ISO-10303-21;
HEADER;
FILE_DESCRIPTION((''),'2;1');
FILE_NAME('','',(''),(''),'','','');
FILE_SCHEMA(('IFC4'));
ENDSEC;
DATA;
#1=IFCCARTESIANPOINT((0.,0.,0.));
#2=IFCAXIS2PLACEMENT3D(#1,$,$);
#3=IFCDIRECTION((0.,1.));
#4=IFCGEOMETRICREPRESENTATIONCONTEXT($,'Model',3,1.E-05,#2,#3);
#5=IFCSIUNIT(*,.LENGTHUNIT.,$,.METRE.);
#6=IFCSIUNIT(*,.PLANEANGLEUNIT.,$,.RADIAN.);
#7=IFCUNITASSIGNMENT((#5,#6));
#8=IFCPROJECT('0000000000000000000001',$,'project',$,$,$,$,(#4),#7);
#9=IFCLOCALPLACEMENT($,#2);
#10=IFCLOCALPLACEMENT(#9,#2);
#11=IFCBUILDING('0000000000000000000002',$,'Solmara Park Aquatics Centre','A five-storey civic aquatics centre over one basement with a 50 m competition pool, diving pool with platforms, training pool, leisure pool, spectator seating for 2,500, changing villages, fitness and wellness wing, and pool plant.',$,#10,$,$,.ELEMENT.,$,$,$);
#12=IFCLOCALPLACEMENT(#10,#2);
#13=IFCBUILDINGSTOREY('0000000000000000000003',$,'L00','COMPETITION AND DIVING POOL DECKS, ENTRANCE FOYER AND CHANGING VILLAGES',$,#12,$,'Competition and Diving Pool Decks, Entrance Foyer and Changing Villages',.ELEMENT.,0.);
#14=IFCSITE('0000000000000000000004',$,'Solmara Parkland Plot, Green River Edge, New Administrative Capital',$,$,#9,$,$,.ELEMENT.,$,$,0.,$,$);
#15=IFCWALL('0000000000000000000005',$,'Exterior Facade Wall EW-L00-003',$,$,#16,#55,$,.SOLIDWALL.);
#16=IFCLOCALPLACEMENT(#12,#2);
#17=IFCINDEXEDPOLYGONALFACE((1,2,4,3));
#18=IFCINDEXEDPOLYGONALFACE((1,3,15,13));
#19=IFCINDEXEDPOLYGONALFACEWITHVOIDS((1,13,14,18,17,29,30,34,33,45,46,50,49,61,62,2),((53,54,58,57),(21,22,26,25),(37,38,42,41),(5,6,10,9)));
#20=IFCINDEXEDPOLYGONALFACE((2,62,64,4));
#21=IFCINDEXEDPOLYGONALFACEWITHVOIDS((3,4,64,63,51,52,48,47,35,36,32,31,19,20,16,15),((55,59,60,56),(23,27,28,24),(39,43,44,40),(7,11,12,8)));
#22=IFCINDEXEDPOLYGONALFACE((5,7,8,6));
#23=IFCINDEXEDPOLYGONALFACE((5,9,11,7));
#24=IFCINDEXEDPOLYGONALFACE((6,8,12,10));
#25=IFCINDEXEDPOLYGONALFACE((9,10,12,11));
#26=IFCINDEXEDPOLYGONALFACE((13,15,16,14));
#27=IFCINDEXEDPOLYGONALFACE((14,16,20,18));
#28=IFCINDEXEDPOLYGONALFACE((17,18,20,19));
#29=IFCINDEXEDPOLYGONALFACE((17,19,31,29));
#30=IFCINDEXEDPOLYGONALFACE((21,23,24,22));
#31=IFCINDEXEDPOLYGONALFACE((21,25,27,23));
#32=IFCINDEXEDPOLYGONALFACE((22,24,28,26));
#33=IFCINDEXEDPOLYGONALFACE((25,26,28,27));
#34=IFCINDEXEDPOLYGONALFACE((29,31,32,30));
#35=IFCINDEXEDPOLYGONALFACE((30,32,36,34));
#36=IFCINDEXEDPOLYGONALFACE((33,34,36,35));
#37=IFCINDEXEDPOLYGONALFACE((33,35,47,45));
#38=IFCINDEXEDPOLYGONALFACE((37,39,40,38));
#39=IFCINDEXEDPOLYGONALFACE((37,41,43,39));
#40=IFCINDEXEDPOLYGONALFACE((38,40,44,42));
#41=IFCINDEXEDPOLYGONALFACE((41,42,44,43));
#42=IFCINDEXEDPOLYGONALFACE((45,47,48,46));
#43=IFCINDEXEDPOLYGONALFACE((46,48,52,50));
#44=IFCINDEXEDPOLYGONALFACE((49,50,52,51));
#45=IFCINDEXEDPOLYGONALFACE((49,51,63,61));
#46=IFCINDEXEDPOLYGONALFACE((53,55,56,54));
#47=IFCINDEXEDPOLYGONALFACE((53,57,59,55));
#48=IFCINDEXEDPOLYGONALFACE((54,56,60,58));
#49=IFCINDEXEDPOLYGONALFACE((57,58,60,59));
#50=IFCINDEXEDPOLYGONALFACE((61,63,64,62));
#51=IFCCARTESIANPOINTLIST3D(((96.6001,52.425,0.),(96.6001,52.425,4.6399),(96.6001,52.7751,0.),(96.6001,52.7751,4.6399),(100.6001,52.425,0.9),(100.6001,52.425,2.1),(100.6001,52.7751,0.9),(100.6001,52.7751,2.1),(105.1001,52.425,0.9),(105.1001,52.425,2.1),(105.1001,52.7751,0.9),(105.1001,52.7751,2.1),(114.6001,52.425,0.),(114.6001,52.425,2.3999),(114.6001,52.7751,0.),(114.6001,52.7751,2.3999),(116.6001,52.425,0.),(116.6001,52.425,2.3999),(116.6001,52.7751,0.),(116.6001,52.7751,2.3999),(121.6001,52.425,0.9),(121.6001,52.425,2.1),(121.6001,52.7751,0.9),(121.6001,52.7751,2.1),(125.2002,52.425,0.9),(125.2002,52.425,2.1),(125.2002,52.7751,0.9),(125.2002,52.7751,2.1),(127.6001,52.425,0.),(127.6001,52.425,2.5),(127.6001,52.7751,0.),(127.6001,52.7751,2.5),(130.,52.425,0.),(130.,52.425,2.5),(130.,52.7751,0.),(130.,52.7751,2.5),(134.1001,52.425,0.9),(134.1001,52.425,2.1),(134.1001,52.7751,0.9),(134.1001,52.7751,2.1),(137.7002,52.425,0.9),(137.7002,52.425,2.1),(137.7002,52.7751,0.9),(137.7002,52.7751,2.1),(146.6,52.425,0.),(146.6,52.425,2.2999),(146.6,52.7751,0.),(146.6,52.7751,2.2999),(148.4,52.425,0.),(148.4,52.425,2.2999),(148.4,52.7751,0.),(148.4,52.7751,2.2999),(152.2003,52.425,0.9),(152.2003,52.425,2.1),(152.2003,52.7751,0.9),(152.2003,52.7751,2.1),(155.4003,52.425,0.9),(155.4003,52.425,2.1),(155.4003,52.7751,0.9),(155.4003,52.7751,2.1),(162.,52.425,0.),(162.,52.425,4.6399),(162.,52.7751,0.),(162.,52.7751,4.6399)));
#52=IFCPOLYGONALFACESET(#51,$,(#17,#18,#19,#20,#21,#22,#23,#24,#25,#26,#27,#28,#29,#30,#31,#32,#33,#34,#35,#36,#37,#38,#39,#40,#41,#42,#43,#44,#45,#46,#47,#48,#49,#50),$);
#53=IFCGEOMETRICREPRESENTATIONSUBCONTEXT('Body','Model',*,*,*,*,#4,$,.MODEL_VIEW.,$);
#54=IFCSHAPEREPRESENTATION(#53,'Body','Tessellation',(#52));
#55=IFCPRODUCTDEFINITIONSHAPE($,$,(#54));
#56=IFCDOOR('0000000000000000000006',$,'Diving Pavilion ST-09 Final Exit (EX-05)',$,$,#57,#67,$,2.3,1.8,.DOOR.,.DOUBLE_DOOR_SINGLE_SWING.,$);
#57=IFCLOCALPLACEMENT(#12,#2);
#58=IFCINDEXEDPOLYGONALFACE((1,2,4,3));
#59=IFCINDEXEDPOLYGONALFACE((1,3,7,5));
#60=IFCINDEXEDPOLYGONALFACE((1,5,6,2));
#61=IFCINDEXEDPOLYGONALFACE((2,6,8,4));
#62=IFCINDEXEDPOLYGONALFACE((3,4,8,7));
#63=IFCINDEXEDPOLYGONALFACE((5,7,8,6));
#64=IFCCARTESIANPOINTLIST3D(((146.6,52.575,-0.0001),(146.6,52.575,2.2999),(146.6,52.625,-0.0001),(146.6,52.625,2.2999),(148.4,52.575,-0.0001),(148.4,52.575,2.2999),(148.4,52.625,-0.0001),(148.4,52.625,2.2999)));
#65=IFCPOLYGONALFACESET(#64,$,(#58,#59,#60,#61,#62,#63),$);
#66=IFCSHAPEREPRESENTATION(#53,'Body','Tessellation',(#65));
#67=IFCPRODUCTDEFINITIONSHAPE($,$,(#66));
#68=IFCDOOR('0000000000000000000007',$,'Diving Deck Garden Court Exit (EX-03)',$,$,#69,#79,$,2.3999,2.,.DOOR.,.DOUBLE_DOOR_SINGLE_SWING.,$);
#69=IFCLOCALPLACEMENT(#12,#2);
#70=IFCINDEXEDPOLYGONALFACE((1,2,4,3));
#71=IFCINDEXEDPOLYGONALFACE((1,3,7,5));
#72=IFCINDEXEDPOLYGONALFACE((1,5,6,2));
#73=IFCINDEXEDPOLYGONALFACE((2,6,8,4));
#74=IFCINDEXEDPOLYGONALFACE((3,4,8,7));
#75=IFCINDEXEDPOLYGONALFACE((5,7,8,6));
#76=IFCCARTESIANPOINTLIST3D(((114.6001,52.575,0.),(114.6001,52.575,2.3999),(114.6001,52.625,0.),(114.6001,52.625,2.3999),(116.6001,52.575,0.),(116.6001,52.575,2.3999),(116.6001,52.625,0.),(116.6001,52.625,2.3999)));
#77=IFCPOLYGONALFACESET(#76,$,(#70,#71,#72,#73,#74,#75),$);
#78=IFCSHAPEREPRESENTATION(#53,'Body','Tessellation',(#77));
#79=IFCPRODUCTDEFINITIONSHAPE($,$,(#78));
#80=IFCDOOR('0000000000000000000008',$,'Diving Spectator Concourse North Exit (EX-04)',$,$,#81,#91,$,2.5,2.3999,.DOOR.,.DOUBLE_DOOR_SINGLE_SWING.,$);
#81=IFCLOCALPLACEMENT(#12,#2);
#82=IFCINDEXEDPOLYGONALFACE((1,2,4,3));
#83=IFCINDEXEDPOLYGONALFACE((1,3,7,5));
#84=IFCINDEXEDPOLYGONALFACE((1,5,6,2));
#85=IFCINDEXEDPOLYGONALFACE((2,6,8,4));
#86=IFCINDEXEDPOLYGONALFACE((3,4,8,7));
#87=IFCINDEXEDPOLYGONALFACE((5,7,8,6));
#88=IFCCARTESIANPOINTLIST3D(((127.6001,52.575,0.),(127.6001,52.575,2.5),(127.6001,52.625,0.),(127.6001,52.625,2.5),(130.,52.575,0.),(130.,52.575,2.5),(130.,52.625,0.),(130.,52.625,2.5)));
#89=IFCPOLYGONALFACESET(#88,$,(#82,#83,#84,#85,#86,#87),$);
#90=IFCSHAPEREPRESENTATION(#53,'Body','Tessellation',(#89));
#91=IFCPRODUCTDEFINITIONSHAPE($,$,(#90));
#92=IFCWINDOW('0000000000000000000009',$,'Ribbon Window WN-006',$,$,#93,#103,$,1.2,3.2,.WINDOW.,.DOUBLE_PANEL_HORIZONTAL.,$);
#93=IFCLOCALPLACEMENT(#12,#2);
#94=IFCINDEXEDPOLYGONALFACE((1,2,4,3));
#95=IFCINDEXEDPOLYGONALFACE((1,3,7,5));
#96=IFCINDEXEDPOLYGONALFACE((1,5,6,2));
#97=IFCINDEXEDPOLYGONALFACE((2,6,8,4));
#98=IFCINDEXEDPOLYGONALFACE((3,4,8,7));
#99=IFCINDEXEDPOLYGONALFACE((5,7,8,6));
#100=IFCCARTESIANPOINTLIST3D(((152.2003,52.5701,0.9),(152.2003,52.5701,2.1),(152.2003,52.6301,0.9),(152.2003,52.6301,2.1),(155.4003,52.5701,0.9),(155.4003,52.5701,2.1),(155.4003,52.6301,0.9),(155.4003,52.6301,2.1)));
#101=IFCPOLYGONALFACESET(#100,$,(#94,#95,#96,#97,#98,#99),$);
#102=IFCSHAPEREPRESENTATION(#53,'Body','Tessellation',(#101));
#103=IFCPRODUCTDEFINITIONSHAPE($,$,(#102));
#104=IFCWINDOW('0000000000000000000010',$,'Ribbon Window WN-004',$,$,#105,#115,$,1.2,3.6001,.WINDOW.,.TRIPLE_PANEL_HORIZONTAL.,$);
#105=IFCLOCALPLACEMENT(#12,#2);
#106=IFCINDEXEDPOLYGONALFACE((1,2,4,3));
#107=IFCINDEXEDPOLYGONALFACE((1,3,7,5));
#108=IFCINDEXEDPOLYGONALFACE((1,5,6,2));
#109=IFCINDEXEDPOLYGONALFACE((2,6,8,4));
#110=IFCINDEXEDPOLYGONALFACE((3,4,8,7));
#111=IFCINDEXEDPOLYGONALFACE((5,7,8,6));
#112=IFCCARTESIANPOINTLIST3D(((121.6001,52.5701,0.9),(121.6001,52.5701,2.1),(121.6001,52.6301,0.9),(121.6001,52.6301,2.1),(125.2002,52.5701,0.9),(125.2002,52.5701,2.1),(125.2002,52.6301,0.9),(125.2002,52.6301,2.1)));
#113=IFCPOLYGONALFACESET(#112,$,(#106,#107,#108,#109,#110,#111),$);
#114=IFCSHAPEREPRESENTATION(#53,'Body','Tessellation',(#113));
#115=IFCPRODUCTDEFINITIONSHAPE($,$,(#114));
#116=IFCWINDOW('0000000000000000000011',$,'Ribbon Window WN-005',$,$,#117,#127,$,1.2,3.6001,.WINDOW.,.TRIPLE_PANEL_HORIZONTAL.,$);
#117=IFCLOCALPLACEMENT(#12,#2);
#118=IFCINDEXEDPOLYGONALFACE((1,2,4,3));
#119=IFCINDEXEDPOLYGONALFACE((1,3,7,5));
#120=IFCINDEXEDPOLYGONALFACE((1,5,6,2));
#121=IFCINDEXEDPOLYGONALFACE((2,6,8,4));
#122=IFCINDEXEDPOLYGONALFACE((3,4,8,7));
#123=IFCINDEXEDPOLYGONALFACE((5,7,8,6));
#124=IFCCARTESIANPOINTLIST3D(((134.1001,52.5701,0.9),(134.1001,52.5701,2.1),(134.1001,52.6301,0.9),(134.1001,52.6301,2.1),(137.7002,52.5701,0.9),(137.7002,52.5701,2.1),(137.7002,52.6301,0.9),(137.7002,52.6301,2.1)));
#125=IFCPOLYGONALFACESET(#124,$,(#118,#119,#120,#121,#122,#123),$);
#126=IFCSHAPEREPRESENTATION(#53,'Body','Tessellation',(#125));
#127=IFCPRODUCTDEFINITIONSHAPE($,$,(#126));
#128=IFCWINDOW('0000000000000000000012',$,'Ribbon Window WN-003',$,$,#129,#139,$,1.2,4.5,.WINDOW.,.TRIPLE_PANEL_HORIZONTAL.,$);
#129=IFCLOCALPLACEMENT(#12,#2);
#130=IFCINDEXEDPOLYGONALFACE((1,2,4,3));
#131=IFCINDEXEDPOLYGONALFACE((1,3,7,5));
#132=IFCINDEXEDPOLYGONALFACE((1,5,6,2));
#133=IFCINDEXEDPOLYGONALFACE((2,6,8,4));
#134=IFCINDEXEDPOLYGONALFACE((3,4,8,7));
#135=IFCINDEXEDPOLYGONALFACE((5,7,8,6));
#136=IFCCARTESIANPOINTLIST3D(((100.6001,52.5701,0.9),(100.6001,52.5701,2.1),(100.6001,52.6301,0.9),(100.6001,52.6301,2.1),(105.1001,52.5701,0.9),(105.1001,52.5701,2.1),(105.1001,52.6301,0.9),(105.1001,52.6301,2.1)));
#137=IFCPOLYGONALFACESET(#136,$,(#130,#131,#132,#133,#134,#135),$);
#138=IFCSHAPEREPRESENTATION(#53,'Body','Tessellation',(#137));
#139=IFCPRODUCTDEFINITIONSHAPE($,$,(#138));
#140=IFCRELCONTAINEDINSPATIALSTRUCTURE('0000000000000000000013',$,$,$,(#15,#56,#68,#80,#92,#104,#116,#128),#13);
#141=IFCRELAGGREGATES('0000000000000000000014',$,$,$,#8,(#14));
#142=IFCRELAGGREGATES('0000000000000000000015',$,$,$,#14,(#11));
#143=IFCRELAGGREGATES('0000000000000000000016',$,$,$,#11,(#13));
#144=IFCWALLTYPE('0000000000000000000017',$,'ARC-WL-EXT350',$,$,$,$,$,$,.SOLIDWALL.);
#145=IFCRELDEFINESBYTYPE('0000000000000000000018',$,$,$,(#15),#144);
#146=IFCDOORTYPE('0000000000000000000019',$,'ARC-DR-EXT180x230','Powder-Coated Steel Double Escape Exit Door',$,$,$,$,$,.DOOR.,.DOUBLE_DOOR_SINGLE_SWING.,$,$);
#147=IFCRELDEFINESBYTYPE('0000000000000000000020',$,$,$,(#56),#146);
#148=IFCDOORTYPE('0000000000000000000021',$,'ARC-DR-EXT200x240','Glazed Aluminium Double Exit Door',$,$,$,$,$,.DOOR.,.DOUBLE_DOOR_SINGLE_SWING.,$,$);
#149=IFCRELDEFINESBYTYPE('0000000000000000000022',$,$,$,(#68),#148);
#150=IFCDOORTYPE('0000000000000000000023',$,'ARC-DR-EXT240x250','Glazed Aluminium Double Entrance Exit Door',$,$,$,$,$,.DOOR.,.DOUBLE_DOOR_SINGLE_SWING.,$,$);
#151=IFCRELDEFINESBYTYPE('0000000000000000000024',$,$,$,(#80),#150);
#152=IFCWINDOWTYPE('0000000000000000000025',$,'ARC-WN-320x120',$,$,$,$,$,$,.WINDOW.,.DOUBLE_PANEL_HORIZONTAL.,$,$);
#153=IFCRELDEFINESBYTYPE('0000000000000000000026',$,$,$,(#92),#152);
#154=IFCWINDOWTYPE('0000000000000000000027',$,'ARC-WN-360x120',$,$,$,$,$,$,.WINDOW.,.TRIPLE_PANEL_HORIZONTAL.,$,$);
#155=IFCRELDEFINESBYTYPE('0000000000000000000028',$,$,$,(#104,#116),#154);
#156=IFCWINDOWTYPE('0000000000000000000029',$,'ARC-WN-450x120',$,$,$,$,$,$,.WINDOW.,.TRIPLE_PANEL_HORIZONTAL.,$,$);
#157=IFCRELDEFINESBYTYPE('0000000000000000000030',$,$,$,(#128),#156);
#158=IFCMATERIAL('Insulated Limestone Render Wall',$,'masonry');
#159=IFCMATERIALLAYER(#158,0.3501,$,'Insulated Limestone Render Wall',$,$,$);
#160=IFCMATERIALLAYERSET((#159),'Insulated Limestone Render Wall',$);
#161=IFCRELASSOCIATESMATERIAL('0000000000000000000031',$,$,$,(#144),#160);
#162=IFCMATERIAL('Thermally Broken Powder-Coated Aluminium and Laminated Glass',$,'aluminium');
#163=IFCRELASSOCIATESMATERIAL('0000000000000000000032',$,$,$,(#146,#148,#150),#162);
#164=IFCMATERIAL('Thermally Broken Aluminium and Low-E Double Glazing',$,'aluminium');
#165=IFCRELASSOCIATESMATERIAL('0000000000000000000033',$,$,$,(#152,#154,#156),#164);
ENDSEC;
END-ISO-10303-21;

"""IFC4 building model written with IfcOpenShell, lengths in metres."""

from ifc_helpers import new_model, si_unit, direction, frame, frame_2d, origin, place, context, subcontext, project, spatial, rectangle, extrude, material, layer, layer_set, type_object, element, fill, save


model = new_model("IFC4")

# Units and contexts
model_context = context("Model", 3, precision=1e-05, world=origin(), true_north=direction((0.0, 1.0)))
body_context = subcontext(model_context, "Body", "Model", "MODEL_VIEW")
ifc_project = project(units=[si_unit("LENGTHUNIT", "METRE"), si_unit("PLANEANGLEUNIT", "RADIAN")], contexts=[model_context])

# Site, building, storey
site_placement = place(None, origin())
site = spatial("IfcSite", under=ifc_project, at=site_placement, Name="Solmara Parkland Plot, Green River Edge, New Administrative Capital", CompositionType="ELEMENT", RefElevation=0.0)
building_placement = place(site_placement, origin())
building = spatial("IfcBuilding", under=site, at=building_placement, Name="Solmara Park Aquatics Centre", Description="A five-storey civic aquatics centre over one basement with a 50 m competition pool, diving pool with platforms, training pool, leisure pool, spectator seating for 2,500, changing villages, fitness and wellness wing, and pool plant.", CompositionType="ELEMENT")
storey_placement = place(building_placement, origin())
storey = spatial("IfcBuildingStorey", under=building, at=storey_placement, Name="L00", Description="COMPETITION AND DIVING POOL DECKS, ENTRANCE FOYER AND CHANGING VILLAGES", LongName="Competition and Diving Pool Decks, Entrance Foyer and Changing Villages", CompositionType="ELEMENT", Elevation=0.0)

# Wall, openings, doors, windows
ifc_material_1 = material(Name="Insulated Limestone Render Wall", Category="masonry")
ifc_layer_1 = layer(ifc_material_1, 0.3501, Name="Insulated Limestone Render Wall")
ifc_layer_set_1 = layer_set([ifc_layer_1], Name="Insulated Limestone Render Wall")
wall_type_1 = type_object("IfcWallType", Name="ARC-WL-EXT350", PredefinedType="SOLIDWALL", material=ifc_layer_set_1)
wall_1_placement = place(storey_placement, frame((96.6001, 52.6001, 0.0), z_axis=(0.0, 0.0, 1.0), x_axis=(1.0, 0.0, 0.0)))
wall_1 = element("IfcWall", 1, at=wall_1_placement, inside=storey, type_object=wall_type_1, Name="Exterior Facade Wall EW-L00-003", PredefinedType="SOLIDWALL", context=body_context, shape_type="SweptSolid", body=[
    extrude(rectangle(XDim=65.3999, YDim=0.3501, at=frame_2d((32.7, 0.0))), origin(), (0.0, 0.0, 1.0), 4.6399),
])
opening_1_placement = place(wall_1_placement, frame((18.0, 0.0, 0.0)))
opening_1 = element("IfcOpeningElement", 2, at=opening_1_placement, cuts=wall_1, PredefinedType="OPENING", context=body_context, shape_type="SweptSolid", body=[
    extrude(rectangle(XDim=2.0, YDim=2.3999, at=frame_2d((1.0, 1.2))), frame((0.0, 0.1851, 0.0), z_axis=(0.0, -1.0, 0.0), x_axis=(1.0, 0.0, 0.0)), (0.0, 0.0, 1.0), 0.3701),
])
opening_2_placement = place(wall_1_placement, frame((31.0, 0.0, 0.0)))
opening_2 = element("IfcOpeningElement", 3, at=opening_2_placement, cuts=wall_1, PredefinedType="OPENING", context=body_context, shape_type="SweptSolid", body=[
    extrude(rectangle(XDim=2.3999, YDim=2.5, at=frame_2d((1.2, 1.25))), frame((0.0, 0.1851, 0.0), z_axis=(0.0, -1.0, 0.0), x_axis=(1.0, 0.0, 0.0)), (0.0, 0.0, 1.0), 0.3701),
])
opening_3_placement = place(wall_1_placement, frame((50.0, 0.0, 0.0)))
opening_3 = element("IfcOpeningElement", 4, at=opening_3_placement, cuts=wall_1, PredefinedType="OPENING", context=body_context, shape_type="SweptSolid", body=[
    extrude(rectangle(XDim=1.8, YDim=2.3, at=frame_2d((0.8999, 1.1499))), frame((0.0, 0.1851, 0.0), z_axis=(0.0, -1.0, 0.0), x_axis=(1.0, 0.0, 0.0)), (0.0, 0.0, 1.0), 0.3701),
])
opening_4_placement = place(wall_1_placement, frame((4.0, 0.0, 0.8999)))
opening_4 = element("IfcOpeningElement", 5, at=opening_4_placement, cuts=wall_1, PredefinedType="OPENING", context=body_context, shape_type="SweptSolid", body=[
    extrude(rectangle(XDim=4.5, YDim=1.2, at=frame_2d((2.25, 0.6001))), frame((0.0, 0.1851, 0.0), z_axis=(0.0, -1.0, 0.0), x_axis=(1.0, 0.0, 0.0)), (0.0, 0.0, 1.0), 0.3701),
])
opening_5_placement = place(wall_1_placement, frame((25.0, 0.0, 0.8999)))
opening_5 = element("IfcOpeningElement", 6, at=opening_5_placement, cuts=wall_1, PredefinedType="OPENING", context=body_context, shape_type="SweptSolid", body=[
    extrude(rectangle(XDim=3.6001, YDim=1.2, at=frame_2d((1.8, 0.6001))), frame((0.0, 0.1851, 0.0), z_axis=(0.0, -1.0, 0.0), x_axis=(1.0, 0.0, 0.0)), (0.0, 0.0, 1.0), 0.3701),
])
opening_6_placement = place(wall_1_placement, frame((37.5, 0.0, 0.8999)))
opening_6 = element("IfcOpeningElement", 7, at=opening_6_placement, cuts=wall_1, PredefinedType="OPENING", context=body_context, shape_type="SweptSolid", body=[
    extrude(rectangle(XDim=3.6001, YDim=1.2, at=frame_2d((1.8, 0.6001))), frame((0.0, 0.1851, 0.0), z_axis=(0.0, -1.0, 0.0), x_axis=(1.0, 0.0, 0.0)), (0.0, 0.0, 1.0), 0.3701),
])
opening_7_placement = place(wall_1_placement, frame((55.6001, 0.0, 0.8999)))
opening_7 = element("IfcOpeningElement", 8, at=opening_7_placement, cuts=wall_1, PredefinedType="OPENING", context=body_context, shape_type="SweptSolid", body=[
    extrude(rectangle(XDim=3.2, YDim=1.2, at=frame_2d((1.6001, 0.6001))), frame((0.0, 0.1851, 0.0), z_axis=(0.0, -1.0, 0.0), x_axis=(1.0, 0.0, 0.0)), (0.0, 0.0, 1.0), 0.3701),
])
ifc_material_2 = material(Name="Thermally Broken Powder-Coated Aluminium and Laminated Glass", Category="aluminium")
door_type_1 = type_object("IfcDoorType", Name="ARC-DR-EXT180x230", Description="Powder-Coated Steel Double Escape Exit Door", OperationType="DOUBLE_DOOR_SINGLE_SWING", PredefinedType="DOOR", material=ifc_material_2)
door_1_placement = place(opening_3_placement, origin())
door_1 = element("IfcDoor", 9, at=door_1_placement, inside=storey, type_object=door_type_1, Name="Diving Pavilion ST-09 Final Exit (EX-05)", OperationType="DOUBLE_DOOR_SINGLE_SWING", OverallHeight=2.3, OverallWidth=1.8, PredefinedType="DOOR", context=body_context, shape_type="SweptSolid", body=[
    extrude(rectangle(XDim=1.8, YDim=2.3, at=frame_2d((0.8999, 1.1499))), frame((0.0, 0.0249, 0.0), z_axis=(0.0, -1.0, 0.0), x_axis=(1.0, 0.0, 0.0)), (0.0, 0.0, 1.0), 0.05),
])
fill(opening_3, door_1)
door_type_2 = type_object("IfcDoorType", Name="ARC-DR-EXT200x240", Description="Glazed Aluminium Double Exit Door", OperationType="DOUBLE_DOOR_SINGLE_SWING", PredefinedType="DOOR", material=ifc_material_2)
door_2_placement = place(opening_1_placement, origin())
door_2 = element("IfcDoor", 10, at=door_2_placement, inside=storey, type_object=door_type_2, Name="Diving Deck Garden Court Exit (EX-03)", OperationType="DOUBLE_DOOR_SINGLE_SWING", OverallHeight=2.3999, OverallWidth=2.0, PredefinedType="DOOR", context=body_context, shape_type="SweptSolid", body=[
    extrude(rectangle(XDim=2.0, YDim=2.3999, at=frame_2d((1.0, 1.2))), frame((0.0, 0.0249, 0.0), z_axis=(0.0, -1.0, 0.0), x_axis=(1.0, 0.0, 0.0)), (0.0, 0.0, 1.0), 0.05),
])
fill(opening_1, door_2)
door_type_3 = type_object("IfcDoorType", Name="ARC-DR-EXT240x250", Description="Glazed Aluminium Double Entrance Exit Door", OperationType="DOUBLE_DOOR_SINGLE_SWING", PredefinedType="DOOR", material=ifc_material_2)
door_3_placement = place(opening_2_placement, origin())
door_3 = element("IfcDoor", 11, at=door_3_placement, inside=storey, type_object=door_type_3, Name="Diving Spectator Concourse North Exit (EX-04)", OperationType="DOUBLE_DOOR_SINGLE_SWING", OverallHeight=2.5, OverallWidth=2.3999, PredefinedType="DOOR", context=body_context, shape_type="SweptSolid", body=[
    extrude(rectangle(XDim=2.3999, YDim=2.5, at=frame_2d((1.2, 1.25))), frame((0.0, 0.0249, 0.0), z_axis=(0.0, -1.0, 0.0), x_axis=(1.0, 0.0, 0.0)), (0.0, 0.0, 1.0), 0.05),
])
fill(opening_2, door_3)
ifc_material_3 = material(Name="Thermally Broken Aluminium and Low-E Double Glazing", Category="aluminium")
window_type_1 = type_object("IfcWindowType", Name="ARC-WN-320x120", PartitioningType="DOUBLE_PANEL_HORIZONTAL", PredefinedType="WINDOW", material=ifc_material_3)
window_1_placement = place(opening_7_placement, origin())
window_1 = element("IfcWindow", 12, at=window_1_placement, inside=storey, type_object=window_type_1, Name="Ribbon Window WN-006", OverallHeight=1.2, OverallWidth=3.2, PartitioningType="DOUBLE_PANEL_HORIZONTAL", PredefinedType="WINDOW", context=body_context, shape_type="SweptSolid", body=[
    extrude(rectangle(XDim=3.2, YDim=1.2, at=frame_2d((1.6001, 0.6001))), frame((0.0, 0.03, 0.0), z_axis=(0.0, -1.0, 0.0), x_axis=(1.0, 0.0, 0.0)), (0.0, 0.0, 1.0), 0.0601),
])
fill(opening_7, window_1)
window_type_2 = type_object("IfcWindowType", Name="ARC-WN-360x120", PartitioningType="TRIPLE_PANEL_HORIZONTAL", PredefinedType="WINDOW", material=ifc_material_3)
window_2_placement = place(opening_5_placement, origin())
window_2 = element("IfcWindow", 13, at=window_2_placement, inside=storey, type_object=window_type_2, Name="Ribbon Window WN-004", OverallHeight=1.2, OverallWidth=3.6001, PartitioningType="TRIPLE_PANEL_HORIZONTAL", PredefinedType="WINDOW", context=body_context, shape_type="SweptSolid", body=[
    extrude(rectangle(XDim=3.6001, YDim=1.2, at=frame_2d((1.8, 0.6001))), frame((0.0, 0.03, 0.0), z_axis=(0.0, -1.0, 0.0), x_axis=(1.0, 0.0, 0.0)), (0.0, 0.0, 1.0), 0.0601),
])
fill(opening_5, window_2)
window_3_placement = place(opening_6_placement, origin())
window_3 = element("IfcWindow", 14, at=window_3_placement, inside=storey, type_object=window_type_2, Name="Ribbon Window WN-005", OverallHeight=1.2, OverallWidth=3.6001, PartitioningType="TRIPLE_PANEL_HORIZONTAL", PredefinedType="WINDOW", context=body_context, shape_type="SweptSolid", body=[
    extrude(rectangle(XDim=3.6001, YDim=1.2, at=frame_2d((1.8, 0.6001))), frame((0.0, 0.03, 0.0), z_axis=(0.0, -1.0, 0.0), x_axis=(1.0, 0.0, 0.0)), (0.0, 0.0, 1.0), 0.0601),
])
fill(opening_6, window_3)
window_type_3 = type_object("IfcWindowType", Name="ARC-WN-450x120", PartitioningType="TRIPLE_PANEL_HORIZONTAL", PredefinedType="WINDOW", material=ifc_material_3)
window_4_placement = place(opening_4_placement, origin())
window_4 = element("IfcWindow", 15, at=window_4_placement, inside=storey, type_object=window_type_3, Name="Ribbon Window WN-003", OverallHeight=1.2, OverallWidth=4.5, PartitioningType="TRIPLE_PANEL_HORIZONTAL", PredefinedType="WINDOW", context=body_context, shape_type="SweptSolid", body=[
    extrude(rectangle(XDim=4.5, YDim=1.2, at=frame_2d((2.25, 0.6001))), frame((0.0, 0.03, 0.0), z_axis=(0.0, -1.0, 0.0), x_axis=(1.0, 0.0, 0.0)), (0.0, 0.0, 1.0), 0.0601),
])
fill(opening_4, window_4)

save(model, "model.ifc")
